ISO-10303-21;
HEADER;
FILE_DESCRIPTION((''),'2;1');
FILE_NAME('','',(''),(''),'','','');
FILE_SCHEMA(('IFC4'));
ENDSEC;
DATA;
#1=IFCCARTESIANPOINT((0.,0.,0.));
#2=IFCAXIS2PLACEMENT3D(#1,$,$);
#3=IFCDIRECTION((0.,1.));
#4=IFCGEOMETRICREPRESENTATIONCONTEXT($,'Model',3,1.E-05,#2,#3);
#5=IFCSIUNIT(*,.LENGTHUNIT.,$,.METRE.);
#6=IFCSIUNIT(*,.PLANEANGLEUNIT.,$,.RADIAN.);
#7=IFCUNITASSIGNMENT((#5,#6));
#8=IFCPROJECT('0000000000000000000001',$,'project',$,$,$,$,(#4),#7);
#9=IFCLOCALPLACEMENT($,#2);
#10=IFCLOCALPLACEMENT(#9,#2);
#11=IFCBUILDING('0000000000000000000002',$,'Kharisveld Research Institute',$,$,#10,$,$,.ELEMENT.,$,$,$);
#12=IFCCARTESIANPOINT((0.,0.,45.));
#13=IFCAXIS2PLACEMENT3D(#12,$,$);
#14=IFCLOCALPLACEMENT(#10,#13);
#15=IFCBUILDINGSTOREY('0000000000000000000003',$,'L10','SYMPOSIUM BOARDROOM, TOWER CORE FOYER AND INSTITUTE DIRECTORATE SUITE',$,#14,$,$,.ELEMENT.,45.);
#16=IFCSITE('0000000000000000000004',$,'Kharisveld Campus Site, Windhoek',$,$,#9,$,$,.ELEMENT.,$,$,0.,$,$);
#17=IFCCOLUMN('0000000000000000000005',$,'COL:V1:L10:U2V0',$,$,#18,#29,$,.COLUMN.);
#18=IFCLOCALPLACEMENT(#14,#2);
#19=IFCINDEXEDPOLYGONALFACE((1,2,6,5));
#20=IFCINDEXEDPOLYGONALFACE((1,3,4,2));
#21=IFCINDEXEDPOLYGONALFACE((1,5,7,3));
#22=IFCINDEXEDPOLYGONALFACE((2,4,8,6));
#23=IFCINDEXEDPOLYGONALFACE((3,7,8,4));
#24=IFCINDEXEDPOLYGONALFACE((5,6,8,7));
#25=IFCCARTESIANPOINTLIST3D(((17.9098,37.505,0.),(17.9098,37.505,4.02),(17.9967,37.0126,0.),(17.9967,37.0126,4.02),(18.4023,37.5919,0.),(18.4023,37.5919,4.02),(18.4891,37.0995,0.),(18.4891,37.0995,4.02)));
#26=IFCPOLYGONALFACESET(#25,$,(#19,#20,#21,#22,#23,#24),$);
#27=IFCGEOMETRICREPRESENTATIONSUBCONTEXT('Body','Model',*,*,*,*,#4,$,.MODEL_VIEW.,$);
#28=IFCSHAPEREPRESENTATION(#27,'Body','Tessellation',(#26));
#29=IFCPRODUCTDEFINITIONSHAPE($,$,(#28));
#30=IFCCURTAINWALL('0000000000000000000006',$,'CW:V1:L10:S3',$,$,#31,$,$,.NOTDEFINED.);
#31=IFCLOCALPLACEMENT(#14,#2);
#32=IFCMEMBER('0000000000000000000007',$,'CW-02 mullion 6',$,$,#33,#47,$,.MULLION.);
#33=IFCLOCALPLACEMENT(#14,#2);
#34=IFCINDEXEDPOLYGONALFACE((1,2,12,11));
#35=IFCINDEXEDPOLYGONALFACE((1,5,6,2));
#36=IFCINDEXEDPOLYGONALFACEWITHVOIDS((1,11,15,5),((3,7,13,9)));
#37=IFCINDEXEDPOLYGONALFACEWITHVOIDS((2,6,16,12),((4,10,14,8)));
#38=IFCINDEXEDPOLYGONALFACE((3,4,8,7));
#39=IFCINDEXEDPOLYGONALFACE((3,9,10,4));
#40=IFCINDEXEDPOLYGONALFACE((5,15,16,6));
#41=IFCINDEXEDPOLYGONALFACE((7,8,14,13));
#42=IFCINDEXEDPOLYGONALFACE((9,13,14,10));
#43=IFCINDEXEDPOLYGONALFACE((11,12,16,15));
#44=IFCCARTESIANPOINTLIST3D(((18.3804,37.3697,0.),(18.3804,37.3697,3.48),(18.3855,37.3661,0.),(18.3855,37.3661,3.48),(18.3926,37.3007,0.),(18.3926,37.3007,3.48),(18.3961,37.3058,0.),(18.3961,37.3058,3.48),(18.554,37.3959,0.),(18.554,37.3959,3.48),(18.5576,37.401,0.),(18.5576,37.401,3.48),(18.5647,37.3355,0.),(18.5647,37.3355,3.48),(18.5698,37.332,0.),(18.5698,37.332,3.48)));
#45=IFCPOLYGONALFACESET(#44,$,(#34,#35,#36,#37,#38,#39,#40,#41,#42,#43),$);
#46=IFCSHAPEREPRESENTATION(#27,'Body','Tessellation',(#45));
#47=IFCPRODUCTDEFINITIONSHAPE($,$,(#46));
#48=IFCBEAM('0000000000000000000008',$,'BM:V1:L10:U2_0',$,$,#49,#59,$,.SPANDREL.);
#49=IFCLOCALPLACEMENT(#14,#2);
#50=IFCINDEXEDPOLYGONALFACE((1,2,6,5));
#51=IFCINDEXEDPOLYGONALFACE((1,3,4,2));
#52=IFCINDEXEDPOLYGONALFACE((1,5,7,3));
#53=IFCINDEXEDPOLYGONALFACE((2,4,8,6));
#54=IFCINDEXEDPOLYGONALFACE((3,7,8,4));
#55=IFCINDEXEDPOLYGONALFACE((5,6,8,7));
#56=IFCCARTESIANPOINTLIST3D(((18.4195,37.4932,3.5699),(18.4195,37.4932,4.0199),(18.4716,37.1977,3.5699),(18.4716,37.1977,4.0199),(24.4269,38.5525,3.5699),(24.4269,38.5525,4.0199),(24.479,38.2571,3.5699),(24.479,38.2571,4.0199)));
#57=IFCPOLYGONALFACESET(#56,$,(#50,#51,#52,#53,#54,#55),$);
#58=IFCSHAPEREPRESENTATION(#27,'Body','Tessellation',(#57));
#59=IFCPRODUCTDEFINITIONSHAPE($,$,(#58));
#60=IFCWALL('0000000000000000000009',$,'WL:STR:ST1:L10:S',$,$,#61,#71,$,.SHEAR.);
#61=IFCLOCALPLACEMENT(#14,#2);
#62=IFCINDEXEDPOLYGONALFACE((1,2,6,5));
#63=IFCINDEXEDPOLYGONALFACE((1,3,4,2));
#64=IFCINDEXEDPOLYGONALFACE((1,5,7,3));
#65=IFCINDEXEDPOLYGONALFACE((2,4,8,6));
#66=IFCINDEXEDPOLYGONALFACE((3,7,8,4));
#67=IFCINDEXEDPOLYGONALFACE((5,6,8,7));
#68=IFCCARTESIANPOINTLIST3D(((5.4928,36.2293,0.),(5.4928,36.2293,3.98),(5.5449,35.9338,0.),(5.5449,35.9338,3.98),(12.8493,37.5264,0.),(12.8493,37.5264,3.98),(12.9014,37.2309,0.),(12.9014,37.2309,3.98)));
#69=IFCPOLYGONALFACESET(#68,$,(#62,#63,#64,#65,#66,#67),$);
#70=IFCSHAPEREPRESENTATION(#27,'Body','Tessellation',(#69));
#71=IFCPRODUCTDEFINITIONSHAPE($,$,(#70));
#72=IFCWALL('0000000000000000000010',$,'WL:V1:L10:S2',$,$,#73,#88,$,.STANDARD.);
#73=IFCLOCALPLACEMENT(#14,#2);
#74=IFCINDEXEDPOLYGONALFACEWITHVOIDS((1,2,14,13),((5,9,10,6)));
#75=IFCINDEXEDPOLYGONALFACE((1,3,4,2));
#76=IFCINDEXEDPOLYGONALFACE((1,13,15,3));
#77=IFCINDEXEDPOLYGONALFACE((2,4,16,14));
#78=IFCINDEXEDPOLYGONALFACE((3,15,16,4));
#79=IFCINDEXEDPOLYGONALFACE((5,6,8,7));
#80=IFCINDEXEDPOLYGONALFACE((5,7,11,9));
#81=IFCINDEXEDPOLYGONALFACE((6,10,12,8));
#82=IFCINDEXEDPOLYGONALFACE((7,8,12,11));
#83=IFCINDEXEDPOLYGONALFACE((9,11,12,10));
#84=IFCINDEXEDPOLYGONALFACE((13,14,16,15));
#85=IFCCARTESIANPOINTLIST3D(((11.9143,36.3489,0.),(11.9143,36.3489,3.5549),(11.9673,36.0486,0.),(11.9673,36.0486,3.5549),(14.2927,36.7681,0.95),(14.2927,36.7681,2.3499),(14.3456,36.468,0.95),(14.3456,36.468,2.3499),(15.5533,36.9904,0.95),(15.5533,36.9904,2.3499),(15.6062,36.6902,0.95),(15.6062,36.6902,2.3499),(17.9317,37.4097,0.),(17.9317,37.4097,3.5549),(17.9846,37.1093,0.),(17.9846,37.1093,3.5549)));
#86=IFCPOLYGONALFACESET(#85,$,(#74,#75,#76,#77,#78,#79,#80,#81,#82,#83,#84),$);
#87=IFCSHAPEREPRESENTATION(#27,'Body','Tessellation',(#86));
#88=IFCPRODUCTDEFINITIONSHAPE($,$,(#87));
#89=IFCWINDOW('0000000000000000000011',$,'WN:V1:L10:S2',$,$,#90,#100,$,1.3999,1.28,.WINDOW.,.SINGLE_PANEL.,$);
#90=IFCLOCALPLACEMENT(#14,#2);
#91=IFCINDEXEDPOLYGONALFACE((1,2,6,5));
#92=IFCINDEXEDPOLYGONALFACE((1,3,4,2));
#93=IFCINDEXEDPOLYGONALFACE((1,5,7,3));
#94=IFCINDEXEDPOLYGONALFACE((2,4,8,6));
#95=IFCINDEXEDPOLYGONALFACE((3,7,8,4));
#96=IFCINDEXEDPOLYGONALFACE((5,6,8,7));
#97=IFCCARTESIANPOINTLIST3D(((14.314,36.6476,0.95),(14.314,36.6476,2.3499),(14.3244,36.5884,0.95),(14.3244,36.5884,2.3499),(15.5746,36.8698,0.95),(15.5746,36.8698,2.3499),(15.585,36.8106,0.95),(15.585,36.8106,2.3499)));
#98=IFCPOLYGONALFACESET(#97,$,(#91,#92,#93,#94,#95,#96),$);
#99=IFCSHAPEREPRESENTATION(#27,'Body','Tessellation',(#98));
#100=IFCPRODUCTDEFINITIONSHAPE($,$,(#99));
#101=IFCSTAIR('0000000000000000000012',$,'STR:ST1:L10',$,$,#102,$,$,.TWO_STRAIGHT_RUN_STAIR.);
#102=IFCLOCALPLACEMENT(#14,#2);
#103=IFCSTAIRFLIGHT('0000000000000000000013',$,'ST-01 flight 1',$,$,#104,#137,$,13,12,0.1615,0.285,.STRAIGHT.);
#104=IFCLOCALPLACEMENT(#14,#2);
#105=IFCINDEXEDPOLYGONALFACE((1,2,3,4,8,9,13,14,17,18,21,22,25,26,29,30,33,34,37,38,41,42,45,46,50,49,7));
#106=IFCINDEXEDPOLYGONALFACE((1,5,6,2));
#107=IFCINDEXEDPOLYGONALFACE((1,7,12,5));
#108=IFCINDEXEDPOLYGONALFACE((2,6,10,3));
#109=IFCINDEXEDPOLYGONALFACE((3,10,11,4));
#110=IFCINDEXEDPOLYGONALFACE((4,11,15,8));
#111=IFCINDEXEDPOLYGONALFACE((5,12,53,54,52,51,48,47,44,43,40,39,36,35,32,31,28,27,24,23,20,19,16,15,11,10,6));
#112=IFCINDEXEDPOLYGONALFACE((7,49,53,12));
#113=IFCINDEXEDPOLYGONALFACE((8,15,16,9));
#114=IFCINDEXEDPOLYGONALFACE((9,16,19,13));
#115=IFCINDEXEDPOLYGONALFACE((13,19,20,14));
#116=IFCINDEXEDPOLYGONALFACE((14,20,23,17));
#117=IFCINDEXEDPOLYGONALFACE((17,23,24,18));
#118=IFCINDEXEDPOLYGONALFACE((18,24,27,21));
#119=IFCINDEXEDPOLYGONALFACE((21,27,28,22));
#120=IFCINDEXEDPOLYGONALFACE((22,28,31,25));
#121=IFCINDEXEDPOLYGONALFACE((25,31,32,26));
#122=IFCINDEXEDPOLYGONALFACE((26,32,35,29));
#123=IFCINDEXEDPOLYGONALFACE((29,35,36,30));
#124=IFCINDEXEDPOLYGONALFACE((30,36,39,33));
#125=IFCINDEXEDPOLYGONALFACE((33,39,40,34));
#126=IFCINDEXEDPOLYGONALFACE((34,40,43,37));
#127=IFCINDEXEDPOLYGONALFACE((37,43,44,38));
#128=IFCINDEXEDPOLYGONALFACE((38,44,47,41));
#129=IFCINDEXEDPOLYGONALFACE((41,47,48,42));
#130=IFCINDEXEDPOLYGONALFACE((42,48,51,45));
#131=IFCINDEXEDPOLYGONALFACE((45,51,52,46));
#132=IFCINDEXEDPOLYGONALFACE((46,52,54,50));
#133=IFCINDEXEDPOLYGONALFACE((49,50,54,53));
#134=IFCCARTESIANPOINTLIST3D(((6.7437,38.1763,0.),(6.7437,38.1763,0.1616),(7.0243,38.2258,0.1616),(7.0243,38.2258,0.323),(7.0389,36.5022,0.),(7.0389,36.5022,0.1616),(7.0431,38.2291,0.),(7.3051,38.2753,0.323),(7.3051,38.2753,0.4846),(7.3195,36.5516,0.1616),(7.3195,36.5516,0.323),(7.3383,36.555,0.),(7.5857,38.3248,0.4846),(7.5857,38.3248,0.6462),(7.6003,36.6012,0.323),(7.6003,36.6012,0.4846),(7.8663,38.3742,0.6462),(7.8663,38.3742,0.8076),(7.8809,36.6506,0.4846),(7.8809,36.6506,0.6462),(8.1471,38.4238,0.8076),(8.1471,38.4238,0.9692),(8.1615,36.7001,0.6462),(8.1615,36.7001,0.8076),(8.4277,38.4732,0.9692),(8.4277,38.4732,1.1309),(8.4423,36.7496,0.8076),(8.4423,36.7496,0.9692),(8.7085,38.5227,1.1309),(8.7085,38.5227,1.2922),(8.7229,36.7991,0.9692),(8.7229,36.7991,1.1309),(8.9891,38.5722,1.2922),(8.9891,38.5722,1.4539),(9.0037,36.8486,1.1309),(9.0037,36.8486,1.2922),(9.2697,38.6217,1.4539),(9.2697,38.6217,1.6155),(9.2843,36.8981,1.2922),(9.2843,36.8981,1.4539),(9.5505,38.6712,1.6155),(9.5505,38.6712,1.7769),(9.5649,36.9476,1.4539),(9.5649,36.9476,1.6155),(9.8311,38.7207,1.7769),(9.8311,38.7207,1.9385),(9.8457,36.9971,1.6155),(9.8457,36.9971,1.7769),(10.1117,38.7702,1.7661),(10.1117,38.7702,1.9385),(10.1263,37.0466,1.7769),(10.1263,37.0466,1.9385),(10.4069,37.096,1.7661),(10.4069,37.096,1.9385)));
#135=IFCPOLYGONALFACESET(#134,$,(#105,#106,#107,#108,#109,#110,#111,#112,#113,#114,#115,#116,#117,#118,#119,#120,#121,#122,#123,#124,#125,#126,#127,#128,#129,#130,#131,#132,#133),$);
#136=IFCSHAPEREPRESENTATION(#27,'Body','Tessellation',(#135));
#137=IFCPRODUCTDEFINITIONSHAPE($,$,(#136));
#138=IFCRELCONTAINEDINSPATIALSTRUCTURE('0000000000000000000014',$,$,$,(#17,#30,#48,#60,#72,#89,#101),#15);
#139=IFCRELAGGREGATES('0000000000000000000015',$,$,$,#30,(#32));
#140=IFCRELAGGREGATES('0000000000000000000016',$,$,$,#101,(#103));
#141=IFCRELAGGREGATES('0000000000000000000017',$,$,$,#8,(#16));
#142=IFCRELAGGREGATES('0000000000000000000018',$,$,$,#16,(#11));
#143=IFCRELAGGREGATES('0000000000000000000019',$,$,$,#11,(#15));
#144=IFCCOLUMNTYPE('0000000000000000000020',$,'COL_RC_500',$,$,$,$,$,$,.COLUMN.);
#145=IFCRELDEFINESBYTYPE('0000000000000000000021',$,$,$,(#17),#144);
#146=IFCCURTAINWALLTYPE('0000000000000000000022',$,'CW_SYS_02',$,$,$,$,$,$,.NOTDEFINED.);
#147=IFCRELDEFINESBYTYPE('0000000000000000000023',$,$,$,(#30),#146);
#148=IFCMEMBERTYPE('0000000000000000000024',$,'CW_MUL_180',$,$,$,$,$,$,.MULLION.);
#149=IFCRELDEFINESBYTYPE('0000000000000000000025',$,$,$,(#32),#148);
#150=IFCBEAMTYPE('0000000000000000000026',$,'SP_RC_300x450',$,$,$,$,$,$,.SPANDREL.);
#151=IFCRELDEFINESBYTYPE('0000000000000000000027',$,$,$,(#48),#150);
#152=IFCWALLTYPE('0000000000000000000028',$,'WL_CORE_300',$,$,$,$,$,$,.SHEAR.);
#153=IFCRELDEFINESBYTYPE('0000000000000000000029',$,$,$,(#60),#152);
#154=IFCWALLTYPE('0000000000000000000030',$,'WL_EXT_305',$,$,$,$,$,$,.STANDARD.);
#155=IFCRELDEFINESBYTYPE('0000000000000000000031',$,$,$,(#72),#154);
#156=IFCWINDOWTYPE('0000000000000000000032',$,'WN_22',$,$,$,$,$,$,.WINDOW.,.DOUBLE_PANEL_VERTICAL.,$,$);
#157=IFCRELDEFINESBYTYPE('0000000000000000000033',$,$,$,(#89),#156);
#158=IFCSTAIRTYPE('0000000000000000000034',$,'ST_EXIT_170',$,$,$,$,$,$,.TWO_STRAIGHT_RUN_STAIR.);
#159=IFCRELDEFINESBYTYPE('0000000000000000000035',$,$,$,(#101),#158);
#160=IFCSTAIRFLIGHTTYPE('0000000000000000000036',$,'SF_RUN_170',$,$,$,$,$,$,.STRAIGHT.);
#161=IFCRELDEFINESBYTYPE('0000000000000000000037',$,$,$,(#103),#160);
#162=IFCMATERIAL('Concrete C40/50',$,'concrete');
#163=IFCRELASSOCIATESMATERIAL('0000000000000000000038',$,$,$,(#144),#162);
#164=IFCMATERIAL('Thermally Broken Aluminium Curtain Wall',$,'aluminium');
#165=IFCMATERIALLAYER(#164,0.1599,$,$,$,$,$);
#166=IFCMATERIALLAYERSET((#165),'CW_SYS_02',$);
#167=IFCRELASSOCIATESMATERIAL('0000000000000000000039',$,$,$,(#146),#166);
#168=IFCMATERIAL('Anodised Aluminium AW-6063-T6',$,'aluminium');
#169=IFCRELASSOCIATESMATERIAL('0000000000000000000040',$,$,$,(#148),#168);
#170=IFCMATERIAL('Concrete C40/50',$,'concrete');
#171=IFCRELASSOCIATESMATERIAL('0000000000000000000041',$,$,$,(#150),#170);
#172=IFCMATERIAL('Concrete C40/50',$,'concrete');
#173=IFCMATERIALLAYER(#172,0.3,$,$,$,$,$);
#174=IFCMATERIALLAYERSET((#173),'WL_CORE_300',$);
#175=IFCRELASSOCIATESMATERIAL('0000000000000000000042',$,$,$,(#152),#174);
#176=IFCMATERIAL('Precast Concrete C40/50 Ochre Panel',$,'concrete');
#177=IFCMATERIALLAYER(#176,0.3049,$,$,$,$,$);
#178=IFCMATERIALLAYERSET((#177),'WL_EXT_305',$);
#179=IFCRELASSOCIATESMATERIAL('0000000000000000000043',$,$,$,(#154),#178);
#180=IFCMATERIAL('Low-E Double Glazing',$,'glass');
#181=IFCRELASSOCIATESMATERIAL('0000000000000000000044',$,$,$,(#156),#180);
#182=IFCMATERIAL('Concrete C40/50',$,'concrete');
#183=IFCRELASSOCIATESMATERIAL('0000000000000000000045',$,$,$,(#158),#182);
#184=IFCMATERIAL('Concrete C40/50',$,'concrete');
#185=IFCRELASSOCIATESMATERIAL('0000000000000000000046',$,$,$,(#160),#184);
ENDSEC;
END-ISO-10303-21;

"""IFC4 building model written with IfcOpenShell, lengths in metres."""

from ifc_helpers import new_model, si_unit, direction, frame, frame_2d, origin, origin_2d, place, context, subcontext, project, spatial, polyline, rectangle, hollow_rectangle, outline, extrude, material, layer, layer_set, material_profile, profile_set, type_object, element, fill, aggregate, save


model = new_model("IFC4")

# Units and contexts
model_context = context("Model", 3, precision=1e-05, world=origin(), true_north=direction((0.0, 1.0)))
body_context = subcontext(model_context, "Body", "Model", "MODEL_VIEW")
ifc_project = project(units=[si_unit("LENGTHUNIT", "METRE"), si_unit("PLANEANGLEUNIT", "RADIAN")], contexts=[model_context])

# Site, building, storey
site_placement = place(None, origin())
site = spatial("IfcSite", under=ifc_project, at=site_placement, Name="Kharisveld Campus Site, Windhoek", CompositionType="ELEMENT", RefElevation=0.0)
building_placement = place(site_placement, origin())
building = spatial("IfcBuilding", under=site, at=building_placement, Name="Kharisveld Research Institute", CompositionType="ELEMENT")
storey_placement = place(building_placement, frame((0.0, 0.0, 45.0)))
storey = spatial("IfcBuildingStorey", under=building, at=storey_placement, Name="L10", Description="SYMPOSIUM BOARDROOM, TOWER CORE FOYER AND INSTITUTE DIRECTORATE SUITE", CompositionType="ELEMENT", Elevation=45.0)

# Column
ifc_material_1 = material(Name="Concrete C40/50", Category="concrete")
ifc_material_profile_1 = material_profile(ifc_material_1, rectangle(XDim=0.5, YDim=0.5, at=origin_2d()))
ifc_profile_set_1 = profile_set([ifc_material_profile_1], Name="Concrete C40/50")
column_type = type_object("IfcColumnType", Name="COL_RC_500", PredefinedType="COLUMN", material=ifc_profile_set_1)
column_placement = place(storey_placement, frame((18.1995, 37.3022, 0.0), z_axis=(0.0, 0.0, 1.0), x_axis=(0.984808, 0.173648, 0.0)))
element("IfcColumn", 1, at=column_placement, inside=storey, type_object=column_type, Name="COL:V1:L10:U2V0", PredefinedType="COLUMN", context=body_context, shape_type="SweptSolid", body=[
    extrude(rectangle(XDim=0.5, YDim=0.5, at=origin_2d()), origin(), (0.0, 0.0, 1.0), 4.02),
])

# Curtain wall, member
ifc_material_2 = material(Name="Thermally Broken Aluminium Curtain Wall", Category="aluminium")
ifc_layer_1 = layer(ifc_material_2, 0.1599)
ifc_layer_set_1 = layer_set([ifc_layer_1], Name="CW_SYS_02")
curtain_wall_type = type_object("IfcCurtainWallType", Name="CW_SYS_02", PredefinedType="NOTDEFINED", material=ifc_layer_set_1)
curtain_wall_placement = place(storey_placement, origin())
curtain_wall = element("IfcCurtainWall", 2, at=curtain_wall_placement, inside=storey, type_object=curtain_wall_type, Name="CW:V1:L10:S3", PredefinedType="NOTDEFINED")
ifc_material_3 = material(Name="Anodised Aluminium AW-6063-T6", Category="aluminium")
ifc_material_profile_2 = material_profile(ifc_material_3, hollow_rectangle(XDim=0.0701, YDim=0.1799, WallThickness=0.0044, at=origin_2d()))
ifc_profile_set_2 = profile_set([ifc_material_profile_2], Name="Anodised Aluminium AW-6063-T6")
member_type = type_object("IfcMemberType", Name="CW_MUL_180", PredefinedType="MULLION", material=ifc_profile_set_2)
member_placement = place(storey_placement, frame((18.4751, 37.3508, 0.0), z_axis=(0.0, 0.0, 1.0), x_axis=(0.173648, -0.984808, 0.0)))
member = element("IfcMember", 3, at=member_placement, type_object=member_type, Name="CW-02 mullion 6", PredefinedType="MULLION", context=body_context, shape_type="SweptSolid", body=[
    extrude(hollow_rectangle(XDim=0.0701, YDim=0.1799, WallThickness=0.0044, at=origin_2d()), origin(), (0.0, 0.0, 1.0), 3.48),
])
aggregate(curtain_wall, [member])

# Beam
ifc_material_4 = material(Name="Concrete C40/50", Category="concrete")
ifc_material_profile_3 = material_profile(ifc_material_4, rectangle(XDim=0.3, YDim=0.45, at=origin_2d()))
ifc_profile_set_3 = profile_set([ifc_material_profile_3], Name="Concrete C40/50")
beam_type = type_object("IfcBeamType", Name="SP_RC_300x450", PredefinedType="SPANDREL", material=ifc_profile_set_3)
beam_placement = place(storey_placement, frame((18.4456, 37.3455, 3.7949), z_axis=(0.984806, 0.17366, 0.0), x_axis=(-0.17366, 0.984806, 0.0)))
element("IfcBeam", 4, at=beam_placement, inside=storey, type_object=beam_type, Name="BM:V1:L10:U2_0", PredefinedType="SPANDREL", context=body_context, shape_type="SweptSolid", body=[
    extrude(rectangle(XDim=0.3, YDim=0.45, at=origin_2d()), origin(), (0.0, 0.0, 1.0), 6.1001),
])

# Wall
ifc_material_5 = material(Name="Concrete C40/50", Category="concrete")
ifc_layer_2 = layer(ifc_material_5, 0.3)
ifc_layer_set_2 = layer_set([ifc_layer_2], Name="WL_CORE_300")
wall_type_1 = type_object("IfcWallType", Name="WL_CORE_300", PredefinedType="SHEAR", material=ifc_layer_set_2)
wall_1_placement = place(storey_placement, frame((12.8752, 37.3787, 0.0), z_axis=(0.0, 0.0, 1.0), x_axis=(-0.984808, -0.173645, 0.0)))
element("IfcWall", 5, at=wall_1_placement, inside=storey, type_object=wall_type_1, Name="WL:STR:ST1:L10:S", PredefinedType="SHEAR", context=body_context, shape_type="SweptSolid", body=[
    extrude(rectangle(XDim=7.47, YDim=0.3, at=frame_2d((3.7349, 0.0))), origin(), (0.0, 0.0, 1.0), 3.98),
])

# Wall, opening, window
ifc_material_6 = material(Name="Precast Concrete C40/50 Ochre Panel", Category="concrete")
ifc_layer_3 = layer(ifc_material_6, 0.3049)
ifc_layer_set_3 = layer_set([ifc_layer_3], Name="WL_EXT_305")
wall_type_2 = type_object("IfcWallType", Name="WL_EXT_305", PredefinedType="STANDARD", material=ifc_layer_set_3)
wall_2_placement = place(storey_placement, frame((17.9583, 37.2595, 0.0), z_axis=(0.0, 0.0, 1.0), x_axis=(-0.984814, -0.173612, 0.0)))
wall_2 = element("IfcWall", 6, at=wall_2_placement, inside=storey, type_object=wall_type_2, Name="WL:V1:L10:S2", PredefinedType="STANDARD", context=body_context, shape_type="SweptSolid", body=[
    extrude(rectangle(XDim=6.1101, YDim=0.3049, at=frame_2d((3.0552, 0.0))), origin(), (0.0, 0.0, 1.0), 3.5549),
])
opening_placement = place(wall_2_placement, frame((2.415, 0.0, 0.95)))
opening = element("IfcOpeningElement", 7, at=opening_placement, cuts=wall_2, PredefinedType="OPENING", context=body_context, shape_type="SweptSolid", body=[
    extrude(rectangle(XDim=1.28, YDim=1.3999, at=frame_2d((0.6401, 0.7))), frame((0.0, 0.1523, 0.0), z_axis=(0.0, -1.0, 0.0), x_axis=(1.0, 0.0, 0.0)), (0.0, 0.0, 1.0), 0.3049),
])
ifc_material_7 = material(Name="Low-E Double Glazing", Category="glass")
window_type = type_object("IfcWindowType", Name="WN_22", PartitioningType="DOUBLE_PANEL_VERTICAL", PredefinedType="WINDOW", material=ifc_material_7)
window_placement = place(opening_placement, origin())
window = element("IfcWindow", 8, at=window_placement, inside=storey, type_object=window_type, Name="WN:V1:L10:S2", OverallHeight=1.3999, OverallWidth=1.28, PartitioningType="SINGLE_PANEL", PredefinedType="WINDOW", context=body_context, shape_type="SweptSolid", body=[
    extrude(rectangle(XDim=1.28, YDim=1.3999, at=frame_2d((0.6401, 0.7))), frame((0.0, 0.03, 0.0), z_axis=(0.0, -1.0, 0.0), x_axis=(1.0, 0.0, 0.0)), (0.0, 0.0, 1.0), 0.0601),
])
fill(opening, window)

# Stair, stair flight
ifc_material_8 = material(Name="Concrete C40/50", Category="concrete")
stair_type = type_object("IfcStairType", Name="ST_EXIT_170", PredefinedType="TWO_STRAIGHT_RUN_STAIR", material=ifc_material_8)
stair_placement = place(storey_placement, origin())
stair = element("IfcStair", 9, at=stair_placement, inside=storey, type_object=stair_type, Name="STR:ST1:L10", PredefinedType="TWO_STRAIGHT_RUN_STAIR")
ifc_material_9 = material(Name="Concrete C40/50", Category="concrete")
stair_flight_type = type_object("IfcStairFlightType", Name="SF_RUN_170", PredefinedType="STRAIGHT", material=ifc_material_9)
stair_flight_placement = place(storey_placement, frame((6.8914, 37.3391, 0.0), z_axis=(0.0, 0.0, 1.0), x_axis=(0.984808, 0.173648, 0.0)))
stair_flight = element("IfcStairFlight", 10, at=stair_flight_placement, type_object=stair_flight_type, Name="ST-01 flight 1", NumberOfRisers=13, NumberOfTreads=12, PredefinedType="STRAIGHT", RiserHeight=0.1615, TreadLength=0.285, context=body_context, shape_type="SweptSolid", body=[
    extrude(outline(polyline([(0.0, 0.0), (0.0, 0.1616), (0.2849, 0.1616), (0.2849, 0.323), (0.5701, 0.323), (0.5701, 0.4846), (0.855, 0.4846), (0.855, 0.6462), (1.1399, 0.6462), (1.1399, 0.8076), (1.425, 0.8076), (1.425, 0.9692), (1.71, 0.9692), (1.71, 1.1309), (1.9951, 1.1309), (1.9951, 1.2922), (2.28, 1.2922), (2.28, 1.4539), (2.5649, 1.4539), (2.5649, 1.6155), (2.8501, 1.6155), (2.8501, 1.7769), (3.135, 1.7769), (3.135, 1.9385), (3.4199, 1.9385), (3.4199, 2.1001), (3.4199, 1.7661), (0.304, 0.0), (0.0, 0.0)])), frame((0.0, 0.8501, 0.0), z_axis=(0.0, -1.0, 0.0), x_axis=(1.0, 0.0, 0.0)), (0.0, 0.0, 1.0), 1.7),
])
aggregate(stair, [stair_flight])

save(model, "model.ifc")
